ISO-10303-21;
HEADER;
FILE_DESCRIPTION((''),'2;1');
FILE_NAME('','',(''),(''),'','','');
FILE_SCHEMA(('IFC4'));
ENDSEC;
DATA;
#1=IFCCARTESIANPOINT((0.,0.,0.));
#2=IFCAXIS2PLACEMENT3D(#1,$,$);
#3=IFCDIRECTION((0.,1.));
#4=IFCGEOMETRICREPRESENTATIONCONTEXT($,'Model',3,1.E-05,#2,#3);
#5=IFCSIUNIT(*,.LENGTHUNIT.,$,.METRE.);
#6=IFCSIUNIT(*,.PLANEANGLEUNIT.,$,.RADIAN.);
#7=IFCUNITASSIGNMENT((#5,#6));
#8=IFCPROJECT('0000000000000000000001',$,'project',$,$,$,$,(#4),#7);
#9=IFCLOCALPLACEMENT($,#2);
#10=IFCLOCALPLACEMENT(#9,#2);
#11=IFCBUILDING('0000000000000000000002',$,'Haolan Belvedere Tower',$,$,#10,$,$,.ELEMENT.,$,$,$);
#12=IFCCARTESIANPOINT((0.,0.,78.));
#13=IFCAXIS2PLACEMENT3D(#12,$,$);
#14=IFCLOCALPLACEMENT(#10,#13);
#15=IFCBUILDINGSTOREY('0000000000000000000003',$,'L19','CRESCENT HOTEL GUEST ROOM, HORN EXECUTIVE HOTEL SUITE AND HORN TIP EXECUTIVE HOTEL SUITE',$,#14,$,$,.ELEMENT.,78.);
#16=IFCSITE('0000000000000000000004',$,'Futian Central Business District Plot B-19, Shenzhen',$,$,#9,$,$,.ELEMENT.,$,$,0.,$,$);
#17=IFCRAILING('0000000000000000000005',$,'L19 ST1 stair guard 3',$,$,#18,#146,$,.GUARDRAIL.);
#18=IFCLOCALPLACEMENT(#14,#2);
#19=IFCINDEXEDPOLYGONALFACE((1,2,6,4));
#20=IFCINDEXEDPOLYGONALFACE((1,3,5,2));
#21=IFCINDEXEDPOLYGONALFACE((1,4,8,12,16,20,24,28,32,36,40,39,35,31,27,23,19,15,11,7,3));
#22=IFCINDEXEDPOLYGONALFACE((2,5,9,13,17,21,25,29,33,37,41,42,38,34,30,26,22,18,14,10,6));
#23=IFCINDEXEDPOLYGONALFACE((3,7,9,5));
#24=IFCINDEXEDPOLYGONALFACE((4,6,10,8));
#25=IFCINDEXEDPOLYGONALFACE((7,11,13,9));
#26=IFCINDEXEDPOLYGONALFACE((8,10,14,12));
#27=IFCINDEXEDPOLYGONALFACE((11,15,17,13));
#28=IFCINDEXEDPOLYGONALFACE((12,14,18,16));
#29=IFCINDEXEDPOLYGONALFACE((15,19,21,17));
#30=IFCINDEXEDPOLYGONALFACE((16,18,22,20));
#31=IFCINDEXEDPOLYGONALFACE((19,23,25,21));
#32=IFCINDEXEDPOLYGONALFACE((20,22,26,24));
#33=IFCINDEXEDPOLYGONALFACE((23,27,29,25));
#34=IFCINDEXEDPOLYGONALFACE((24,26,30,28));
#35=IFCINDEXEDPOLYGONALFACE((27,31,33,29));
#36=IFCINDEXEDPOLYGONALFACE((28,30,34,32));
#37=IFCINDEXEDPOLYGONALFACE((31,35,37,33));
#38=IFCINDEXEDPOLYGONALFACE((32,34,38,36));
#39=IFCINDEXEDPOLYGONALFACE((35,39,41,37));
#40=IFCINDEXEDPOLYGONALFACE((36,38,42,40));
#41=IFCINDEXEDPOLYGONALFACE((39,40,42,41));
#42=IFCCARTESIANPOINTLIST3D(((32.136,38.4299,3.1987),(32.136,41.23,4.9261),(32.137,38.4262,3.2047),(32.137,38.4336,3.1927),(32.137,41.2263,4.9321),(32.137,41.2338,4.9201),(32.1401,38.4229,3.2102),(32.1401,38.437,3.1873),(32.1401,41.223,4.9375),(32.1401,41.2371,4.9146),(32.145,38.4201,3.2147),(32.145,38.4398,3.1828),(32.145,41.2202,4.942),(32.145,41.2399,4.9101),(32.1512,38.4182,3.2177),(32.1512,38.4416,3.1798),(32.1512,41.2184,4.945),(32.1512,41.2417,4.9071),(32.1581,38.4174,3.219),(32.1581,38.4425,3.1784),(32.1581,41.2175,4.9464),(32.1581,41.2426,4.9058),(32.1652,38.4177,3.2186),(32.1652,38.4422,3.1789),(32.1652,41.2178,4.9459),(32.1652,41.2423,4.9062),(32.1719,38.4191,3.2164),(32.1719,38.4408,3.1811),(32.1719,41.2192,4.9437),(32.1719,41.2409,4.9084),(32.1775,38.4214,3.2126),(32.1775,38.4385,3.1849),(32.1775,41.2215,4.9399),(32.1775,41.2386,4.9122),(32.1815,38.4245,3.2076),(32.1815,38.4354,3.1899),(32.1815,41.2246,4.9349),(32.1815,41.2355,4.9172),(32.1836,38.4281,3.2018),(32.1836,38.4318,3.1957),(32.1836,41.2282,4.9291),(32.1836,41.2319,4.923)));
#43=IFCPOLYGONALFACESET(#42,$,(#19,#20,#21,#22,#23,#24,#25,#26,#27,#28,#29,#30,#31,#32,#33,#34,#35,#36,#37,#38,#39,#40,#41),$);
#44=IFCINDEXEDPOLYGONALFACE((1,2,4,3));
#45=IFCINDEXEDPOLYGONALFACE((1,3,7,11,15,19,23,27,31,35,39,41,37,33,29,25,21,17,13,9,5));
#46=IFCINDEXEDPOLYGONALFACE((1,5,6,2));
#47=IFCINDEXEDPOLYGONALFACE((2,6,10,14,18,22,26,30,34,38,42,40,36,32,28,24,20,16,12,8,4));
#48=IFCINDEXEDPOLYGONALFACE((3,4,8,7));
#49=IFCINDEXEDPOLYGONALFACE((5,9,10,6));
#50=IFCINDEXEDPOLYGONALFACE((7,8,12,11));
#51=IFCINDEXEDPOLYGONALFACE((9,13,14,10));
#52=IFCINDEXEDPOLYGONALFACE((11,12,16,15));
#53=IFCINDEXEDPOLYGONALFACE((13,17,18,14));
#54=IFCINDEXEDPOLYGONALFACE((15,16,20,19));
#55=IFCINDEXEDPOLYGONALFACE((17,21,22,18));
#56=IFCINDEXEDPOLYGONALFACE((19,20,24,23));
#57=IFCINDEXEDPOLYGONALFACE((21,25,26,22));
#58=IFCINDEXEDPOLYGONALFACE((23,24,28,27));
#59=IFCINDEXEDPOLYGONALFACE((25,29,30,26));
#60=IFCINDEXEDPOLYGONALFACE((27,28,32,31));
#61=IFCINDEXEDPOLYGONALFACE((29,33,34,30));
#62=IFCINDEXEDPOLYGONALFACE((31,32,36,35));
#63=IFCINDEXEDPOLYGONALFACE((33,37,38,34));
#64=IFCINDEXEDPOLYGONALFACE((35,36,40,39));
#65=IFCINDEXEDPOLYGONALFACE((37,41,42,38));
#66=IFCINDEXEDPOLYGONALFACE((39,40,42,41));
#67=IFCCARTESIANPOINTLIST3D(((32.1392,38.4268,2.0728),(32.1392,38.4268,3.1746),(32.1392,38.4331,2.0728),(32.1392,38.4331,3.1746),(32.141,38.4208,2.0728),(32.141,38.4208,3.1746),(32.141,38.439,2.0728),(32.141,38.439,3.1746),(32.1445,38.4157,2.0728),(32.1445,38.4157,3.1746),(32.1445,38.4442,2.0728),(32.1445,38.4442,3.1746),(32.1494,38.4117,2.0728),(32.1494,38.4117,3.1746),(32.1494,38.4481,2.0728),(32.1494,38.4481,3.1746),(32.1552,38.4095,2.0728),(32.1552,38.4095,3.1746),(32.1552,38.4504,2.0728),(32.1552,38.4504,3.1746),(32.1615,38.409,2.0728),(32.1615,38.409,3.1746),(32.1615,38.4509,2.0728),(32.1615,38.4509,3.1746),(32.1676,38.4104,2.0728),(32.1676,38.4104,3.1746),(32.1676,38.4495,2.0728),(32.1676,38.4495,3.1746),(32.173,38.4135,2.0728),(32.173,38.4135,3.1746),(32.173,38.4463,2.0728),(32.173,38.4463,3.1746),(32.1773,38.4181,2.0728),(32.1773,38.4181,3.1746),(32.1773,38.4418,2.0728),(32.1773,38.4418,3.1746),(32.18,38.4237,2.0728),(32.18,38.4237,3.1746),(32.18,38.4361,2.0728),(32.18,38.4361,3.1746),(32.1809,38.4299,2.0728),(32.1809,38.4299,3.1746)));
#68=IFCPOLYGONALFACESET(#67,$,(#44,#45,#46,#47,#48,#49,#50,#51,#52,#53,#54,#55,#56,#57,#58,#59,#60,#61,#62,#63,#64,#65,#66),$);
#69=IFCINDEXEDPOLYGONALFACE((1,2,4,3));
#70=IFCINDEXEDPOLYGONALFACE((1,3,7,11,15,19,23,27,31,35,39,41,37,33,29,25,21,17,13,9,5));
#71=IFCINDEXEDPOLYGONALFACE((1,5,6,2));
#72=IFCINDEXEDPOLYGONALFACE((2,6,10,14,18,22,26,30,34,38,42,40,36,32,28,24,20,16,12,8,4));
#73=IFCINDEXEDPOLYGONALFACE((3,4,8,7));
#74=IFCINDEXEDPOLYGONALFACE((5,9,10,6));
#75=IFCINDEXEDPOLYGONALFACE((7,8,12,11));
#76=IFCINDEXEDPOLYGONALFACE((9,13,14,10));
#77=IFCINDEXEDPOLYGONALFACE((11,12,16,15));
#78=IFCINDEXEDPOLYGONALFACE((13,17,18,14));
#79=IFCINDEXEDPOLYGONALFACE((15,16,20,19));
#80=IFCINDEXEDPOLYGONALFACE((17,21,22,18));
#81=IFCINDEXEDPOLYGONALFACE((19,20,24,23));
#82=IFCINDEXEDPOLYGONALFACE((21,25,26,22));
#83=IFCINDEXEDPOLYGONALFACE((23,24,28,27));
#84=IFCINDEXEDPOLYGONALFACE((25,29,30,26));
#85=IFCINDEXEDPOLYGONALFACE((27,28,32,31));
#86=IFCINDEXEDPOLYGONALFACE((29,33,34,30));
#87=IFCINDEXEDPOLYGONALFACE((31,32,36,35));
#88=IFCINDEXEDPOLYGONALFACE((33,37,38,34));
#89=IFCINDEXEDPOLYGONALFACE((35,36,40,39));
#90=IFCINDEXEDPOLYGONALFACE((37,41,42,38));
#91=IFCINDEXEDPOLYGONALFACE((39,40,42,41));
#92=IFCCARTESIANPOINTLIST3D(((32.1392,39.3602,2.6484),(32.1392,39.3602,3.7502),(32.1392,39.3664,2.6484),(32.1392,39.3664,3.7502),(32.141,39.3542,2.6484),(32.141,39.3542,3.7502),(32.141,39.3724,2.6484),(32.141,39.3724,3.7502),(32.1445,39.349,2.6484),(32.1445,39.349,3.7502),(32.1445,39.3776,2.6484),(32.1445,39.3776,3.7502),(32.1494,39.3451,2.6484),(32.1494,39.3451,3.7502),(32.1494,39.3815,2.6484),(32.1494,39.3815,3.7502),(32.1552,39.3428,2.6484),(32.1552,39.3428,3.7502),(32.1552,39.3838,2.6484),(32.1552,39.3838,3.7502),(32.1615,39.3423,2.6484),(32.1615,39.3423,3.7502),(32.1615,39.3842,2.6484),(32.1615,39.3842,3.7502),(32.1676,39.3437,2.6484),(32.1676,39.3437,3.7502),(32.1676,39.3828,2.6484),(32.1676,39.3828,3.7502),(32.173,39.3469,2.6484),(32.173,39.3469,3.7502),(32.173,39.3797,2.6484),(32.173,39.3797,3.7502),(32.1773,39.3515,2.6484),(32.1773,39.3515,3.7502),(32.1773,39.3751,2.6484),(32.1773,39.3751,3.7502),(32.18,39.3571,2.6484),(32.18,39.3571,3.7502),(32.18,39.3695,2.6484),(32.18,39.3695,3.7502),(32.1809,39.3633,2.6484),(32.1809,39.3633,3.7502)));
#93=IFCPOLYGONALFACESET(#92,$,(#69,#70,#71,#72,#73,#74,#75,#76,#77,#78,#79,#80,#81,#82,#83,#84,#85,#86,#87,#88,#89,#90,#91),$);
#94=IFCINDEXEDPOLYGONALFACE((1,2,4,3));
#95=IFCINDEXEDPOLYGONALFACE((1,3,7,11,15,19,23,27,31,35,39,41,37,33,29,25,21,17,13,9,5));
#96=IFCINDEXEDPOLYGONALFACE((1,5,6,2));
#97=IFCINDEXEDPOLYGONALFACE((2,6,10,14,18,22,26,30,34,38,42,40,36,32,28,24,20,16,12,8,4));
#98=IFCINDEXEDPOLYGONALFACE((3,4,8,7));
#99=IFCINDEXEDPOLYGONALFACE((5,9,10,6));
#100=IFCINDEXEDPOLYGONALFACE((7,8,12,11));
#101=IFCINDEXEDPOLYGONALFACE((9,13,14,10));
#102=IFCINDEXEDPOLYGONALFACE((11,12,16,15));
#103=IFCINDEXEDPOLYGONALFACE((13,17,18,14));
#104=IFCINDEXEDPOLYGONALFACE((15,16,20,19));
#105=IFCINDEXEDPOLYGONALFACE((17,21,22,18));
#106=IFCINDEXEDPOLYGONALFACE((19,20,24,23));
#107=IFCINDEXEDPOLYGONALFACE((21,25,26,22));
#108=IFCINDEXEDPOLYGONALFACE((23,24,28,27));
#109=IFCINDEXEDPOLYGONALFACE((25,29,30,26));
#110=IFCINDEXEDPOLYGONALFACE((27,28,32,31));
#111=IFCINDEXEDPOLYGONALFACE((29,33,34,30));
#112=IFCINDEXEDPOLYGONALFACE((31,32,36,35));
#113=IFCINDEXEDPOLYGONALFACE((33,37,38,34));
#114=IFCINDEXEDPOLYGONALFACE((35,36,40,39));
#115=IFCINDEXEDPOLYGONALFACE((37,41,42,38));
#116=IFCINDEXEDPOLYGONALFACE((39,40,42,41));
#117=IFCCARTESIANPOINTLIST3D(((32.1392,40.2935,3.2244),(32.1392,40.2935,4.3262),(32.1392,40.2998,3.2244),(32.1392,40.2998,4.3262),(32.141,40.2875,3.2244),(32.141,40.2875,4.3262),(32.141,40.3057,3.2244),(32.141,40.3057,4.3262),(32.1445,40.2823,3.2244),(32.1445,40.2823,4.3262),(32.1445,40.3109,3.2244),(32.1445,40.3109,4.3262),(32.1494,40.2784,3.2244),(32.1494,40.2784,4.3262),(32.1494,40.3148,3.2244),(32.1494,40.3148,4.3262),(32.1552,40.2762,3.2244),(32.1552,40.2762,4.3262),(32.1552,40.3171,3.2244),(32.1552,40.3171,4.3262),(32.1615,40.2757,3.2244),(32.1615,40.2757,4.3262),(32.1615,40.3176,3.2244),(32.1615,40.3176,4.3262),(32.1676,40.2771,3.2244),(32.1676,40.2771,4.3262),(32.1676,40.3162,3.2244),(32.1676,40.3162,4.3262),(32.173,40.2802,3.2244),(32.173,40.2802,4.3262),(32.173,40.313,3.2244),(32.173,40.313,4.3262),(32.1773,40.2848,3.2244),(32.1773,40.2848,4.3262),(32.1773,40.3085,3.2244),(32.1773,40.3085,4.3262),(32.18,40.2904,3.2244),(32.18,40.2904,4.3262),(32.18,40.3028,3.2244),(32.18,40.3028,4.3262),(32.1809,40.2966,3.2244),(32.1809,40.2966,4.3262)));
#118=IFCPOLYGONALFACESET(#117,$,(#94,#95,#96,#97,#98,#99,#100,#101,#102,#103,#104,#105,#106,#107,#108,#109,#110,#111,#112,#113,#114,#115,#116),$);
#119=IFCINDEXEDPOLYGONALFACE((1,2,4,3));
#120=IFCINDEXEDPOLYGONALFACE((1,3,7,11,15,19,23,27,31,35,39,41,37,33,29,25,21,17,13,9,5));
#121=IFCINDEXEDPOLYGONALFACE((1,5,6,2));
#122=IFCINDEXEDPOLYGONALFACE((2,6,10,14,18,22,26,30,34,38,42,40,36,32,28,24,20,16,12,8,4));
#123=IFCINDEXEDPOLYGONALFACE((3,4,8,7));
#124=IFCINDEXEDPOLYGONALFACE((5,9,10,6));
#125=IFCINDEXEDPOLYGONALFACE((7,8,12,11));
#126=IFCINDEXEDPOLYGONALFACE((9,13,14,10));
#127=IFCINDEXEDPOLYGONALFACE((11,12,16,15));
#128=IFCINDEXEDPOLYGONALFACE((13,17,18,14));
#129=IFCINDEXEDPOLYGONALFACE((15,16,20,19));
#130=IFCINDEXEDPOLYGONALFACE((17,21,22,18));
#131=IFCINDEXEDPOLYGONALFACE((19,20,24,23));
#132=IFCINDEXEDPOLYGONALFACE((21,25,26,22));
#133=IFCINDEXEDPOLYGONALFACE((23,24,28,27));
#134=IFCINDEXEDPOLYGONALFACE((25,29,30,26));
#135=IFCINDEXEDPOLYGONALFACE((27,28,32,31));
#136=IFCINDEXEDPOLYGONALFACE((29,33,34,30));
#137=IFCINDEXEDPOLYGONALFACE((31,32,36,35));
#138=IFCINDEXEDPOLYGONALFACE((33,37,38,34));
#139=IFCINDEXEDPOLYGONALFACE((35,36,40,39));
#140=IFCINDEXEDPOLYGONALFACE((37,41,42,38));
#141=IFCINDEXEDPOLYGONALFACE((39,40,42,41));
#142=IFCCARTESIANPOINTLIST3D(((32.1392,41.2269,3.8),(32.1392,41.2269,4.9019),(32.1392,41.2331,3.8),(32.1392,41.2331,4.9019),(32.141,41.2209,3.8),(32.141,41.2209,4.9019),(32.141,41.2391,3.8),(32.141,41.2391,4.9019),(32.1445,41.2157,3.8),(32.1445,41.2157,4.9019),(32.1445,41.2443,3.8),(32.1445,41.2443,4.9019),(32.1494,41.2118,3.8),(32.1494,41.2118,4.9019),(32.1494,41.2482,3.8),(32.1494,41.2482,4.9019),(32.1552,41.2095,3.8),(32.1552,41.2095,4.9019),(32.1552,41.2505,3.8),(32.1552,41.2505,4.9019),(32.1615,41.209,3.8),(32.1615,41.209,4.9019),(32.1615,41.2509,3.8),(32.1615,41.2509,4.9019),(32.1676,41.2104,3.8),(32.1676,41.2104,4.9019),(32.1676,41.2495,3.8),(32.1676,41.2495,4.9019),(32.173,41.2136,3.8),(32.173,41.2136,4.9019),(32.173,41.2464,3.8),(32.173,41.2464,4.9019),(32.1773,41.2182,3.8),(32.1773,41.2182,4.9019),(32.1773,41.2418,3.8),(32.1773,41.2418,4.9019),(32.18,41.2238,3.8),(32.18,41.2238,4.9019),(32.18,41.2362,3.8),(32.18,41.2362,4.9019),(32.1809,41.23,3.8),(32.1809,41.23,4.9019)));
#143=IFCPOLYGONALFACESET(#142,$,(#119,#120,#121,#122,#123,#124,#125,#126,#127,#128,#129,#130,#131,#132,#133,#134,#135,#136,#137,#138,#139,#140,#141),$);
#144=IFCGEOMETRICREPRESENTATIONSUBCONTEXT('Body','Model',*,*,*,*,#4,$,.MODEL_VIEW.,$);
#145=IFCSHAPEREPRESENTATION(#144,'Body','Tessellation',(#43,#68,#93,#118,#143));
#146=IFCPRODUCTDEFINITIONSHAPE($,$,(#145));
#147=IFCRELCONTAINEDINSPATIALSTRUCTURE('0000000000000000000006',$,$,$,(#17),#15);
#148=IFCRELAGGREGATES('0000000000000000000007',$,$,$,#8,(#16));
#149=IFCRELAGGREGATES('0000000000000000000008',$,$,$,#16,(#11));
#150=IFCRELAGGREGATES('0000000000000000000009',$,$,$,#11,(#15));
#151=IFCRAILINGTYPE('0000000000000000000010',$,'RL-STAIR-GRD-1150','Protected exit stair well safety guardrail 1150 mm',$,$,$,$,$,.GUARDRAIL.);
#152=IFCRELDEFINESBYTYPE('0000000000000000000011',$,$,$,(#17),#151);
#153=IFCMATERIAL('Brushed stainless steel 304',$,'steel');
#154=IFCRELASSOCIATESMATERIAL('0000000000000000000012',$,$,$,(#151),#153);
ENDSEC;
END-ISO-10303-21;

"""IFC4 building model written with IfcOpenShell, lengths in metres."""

from ifc_helpers import new_model, si_unit, direction, frame, origin, origin_2d, place, context, subcontext, project, spatial, circle, extrude, material, type_object, element, save


model = new_model("IFC4")

# Units and contexts
model_context = context("Model", 3, precision=1e-05, world=origin(), true_north=direction((0.0, 1.0)))
body_context = subcontext(model_context, "Body", "Model", "MODEL_VIEW")
ifc_project = project(units=[si_unit("LENGTHUNIT", "METRE"), si_unit("PLANEANGLEUNIT", "RADIAN")], contexts=[model_context])

# Site, building, storey
site_placement = place(None, origin())
site = spatial("IfcSite", under=ifc_project, at=site_placement, Name="Futian Central Business District Plot B-19, Shenzhen", CompositionType="ELEMENT", RefElevation=0.0)
building_placement = place(site_placement, origin())
building = spatial("IfcBuilding", under=site, at=building_placement, Name="Haolan Belvedere Tower", CompositionType="ELEMENT")
storey_placement = place(building_placement, frame((0.0, 0.0, 78.0)))
storey = spatial("IfcBuildingStorey", under=building, at=storey_placement, Name="L19", Description="CRESCENT HOTEL GUEST ROOM, HORN EXECUTIVE HOTEL SUITE AND HORN TIP EXECUTIVE HOTEL SUITE", CompositionType="ELEMENT", Elevation=78.0)

# Railing
ifc_material_1 = material(Name="Brushed stainless steel 304", Category="steel")
railing_type_1 = type_object("IfcRailingType", Name="RL-STAIR-GRD-1150", Description="Protected exit stair well safety guardrail 1150 mm", PredefinedType="GUARDRAIL", material=ifc_material_1)
railing_1_placement = place(storey_placement, frame((32.1599, 38.4299, 2.0728)))
element("IfcRailing", 1, at=railing_1_placement, inside=storey, type_object=railing_type_1, Name="L19 ST1 stair guard 3", PredefinedType="GUARDRAIL", context=body_context, shape_type="SweptSolid", body=[
    extrude(circle(Radius=0.0239, at=origin_2d()), frame((0.0, 0.0, 1.126), z_axis=(0.0, 0.85109, 0.52502), x_axis=(-1.0, 0.0, 0.0)), (0.0, 0.0, 1.0), 3.29),
    extrude(circle(Radius=0.021, at=origin_2d()), origin(), (0.0, 0.0, 1.0), 1.1018),
    extrude(circle(Radius=0.021, at=origin_2d()), frame((0.0, 0.9333, 0.5757)), (0.0, 0.0, 1.0), 1.1018),
    extrude(circle(Radius=0.021, at=origin_2d()), frame((0.0, 1.8667, 1.1516)), (0.0, 0.0, 1.0), 1.1018),
    extrude(circle(Radius=0.021, at=origin_2d()), frame((0.0, 2.8, 1.7273)), (0.0, 0.0, 1.0), 1.1018),
])

save(model, "model.ifc")
